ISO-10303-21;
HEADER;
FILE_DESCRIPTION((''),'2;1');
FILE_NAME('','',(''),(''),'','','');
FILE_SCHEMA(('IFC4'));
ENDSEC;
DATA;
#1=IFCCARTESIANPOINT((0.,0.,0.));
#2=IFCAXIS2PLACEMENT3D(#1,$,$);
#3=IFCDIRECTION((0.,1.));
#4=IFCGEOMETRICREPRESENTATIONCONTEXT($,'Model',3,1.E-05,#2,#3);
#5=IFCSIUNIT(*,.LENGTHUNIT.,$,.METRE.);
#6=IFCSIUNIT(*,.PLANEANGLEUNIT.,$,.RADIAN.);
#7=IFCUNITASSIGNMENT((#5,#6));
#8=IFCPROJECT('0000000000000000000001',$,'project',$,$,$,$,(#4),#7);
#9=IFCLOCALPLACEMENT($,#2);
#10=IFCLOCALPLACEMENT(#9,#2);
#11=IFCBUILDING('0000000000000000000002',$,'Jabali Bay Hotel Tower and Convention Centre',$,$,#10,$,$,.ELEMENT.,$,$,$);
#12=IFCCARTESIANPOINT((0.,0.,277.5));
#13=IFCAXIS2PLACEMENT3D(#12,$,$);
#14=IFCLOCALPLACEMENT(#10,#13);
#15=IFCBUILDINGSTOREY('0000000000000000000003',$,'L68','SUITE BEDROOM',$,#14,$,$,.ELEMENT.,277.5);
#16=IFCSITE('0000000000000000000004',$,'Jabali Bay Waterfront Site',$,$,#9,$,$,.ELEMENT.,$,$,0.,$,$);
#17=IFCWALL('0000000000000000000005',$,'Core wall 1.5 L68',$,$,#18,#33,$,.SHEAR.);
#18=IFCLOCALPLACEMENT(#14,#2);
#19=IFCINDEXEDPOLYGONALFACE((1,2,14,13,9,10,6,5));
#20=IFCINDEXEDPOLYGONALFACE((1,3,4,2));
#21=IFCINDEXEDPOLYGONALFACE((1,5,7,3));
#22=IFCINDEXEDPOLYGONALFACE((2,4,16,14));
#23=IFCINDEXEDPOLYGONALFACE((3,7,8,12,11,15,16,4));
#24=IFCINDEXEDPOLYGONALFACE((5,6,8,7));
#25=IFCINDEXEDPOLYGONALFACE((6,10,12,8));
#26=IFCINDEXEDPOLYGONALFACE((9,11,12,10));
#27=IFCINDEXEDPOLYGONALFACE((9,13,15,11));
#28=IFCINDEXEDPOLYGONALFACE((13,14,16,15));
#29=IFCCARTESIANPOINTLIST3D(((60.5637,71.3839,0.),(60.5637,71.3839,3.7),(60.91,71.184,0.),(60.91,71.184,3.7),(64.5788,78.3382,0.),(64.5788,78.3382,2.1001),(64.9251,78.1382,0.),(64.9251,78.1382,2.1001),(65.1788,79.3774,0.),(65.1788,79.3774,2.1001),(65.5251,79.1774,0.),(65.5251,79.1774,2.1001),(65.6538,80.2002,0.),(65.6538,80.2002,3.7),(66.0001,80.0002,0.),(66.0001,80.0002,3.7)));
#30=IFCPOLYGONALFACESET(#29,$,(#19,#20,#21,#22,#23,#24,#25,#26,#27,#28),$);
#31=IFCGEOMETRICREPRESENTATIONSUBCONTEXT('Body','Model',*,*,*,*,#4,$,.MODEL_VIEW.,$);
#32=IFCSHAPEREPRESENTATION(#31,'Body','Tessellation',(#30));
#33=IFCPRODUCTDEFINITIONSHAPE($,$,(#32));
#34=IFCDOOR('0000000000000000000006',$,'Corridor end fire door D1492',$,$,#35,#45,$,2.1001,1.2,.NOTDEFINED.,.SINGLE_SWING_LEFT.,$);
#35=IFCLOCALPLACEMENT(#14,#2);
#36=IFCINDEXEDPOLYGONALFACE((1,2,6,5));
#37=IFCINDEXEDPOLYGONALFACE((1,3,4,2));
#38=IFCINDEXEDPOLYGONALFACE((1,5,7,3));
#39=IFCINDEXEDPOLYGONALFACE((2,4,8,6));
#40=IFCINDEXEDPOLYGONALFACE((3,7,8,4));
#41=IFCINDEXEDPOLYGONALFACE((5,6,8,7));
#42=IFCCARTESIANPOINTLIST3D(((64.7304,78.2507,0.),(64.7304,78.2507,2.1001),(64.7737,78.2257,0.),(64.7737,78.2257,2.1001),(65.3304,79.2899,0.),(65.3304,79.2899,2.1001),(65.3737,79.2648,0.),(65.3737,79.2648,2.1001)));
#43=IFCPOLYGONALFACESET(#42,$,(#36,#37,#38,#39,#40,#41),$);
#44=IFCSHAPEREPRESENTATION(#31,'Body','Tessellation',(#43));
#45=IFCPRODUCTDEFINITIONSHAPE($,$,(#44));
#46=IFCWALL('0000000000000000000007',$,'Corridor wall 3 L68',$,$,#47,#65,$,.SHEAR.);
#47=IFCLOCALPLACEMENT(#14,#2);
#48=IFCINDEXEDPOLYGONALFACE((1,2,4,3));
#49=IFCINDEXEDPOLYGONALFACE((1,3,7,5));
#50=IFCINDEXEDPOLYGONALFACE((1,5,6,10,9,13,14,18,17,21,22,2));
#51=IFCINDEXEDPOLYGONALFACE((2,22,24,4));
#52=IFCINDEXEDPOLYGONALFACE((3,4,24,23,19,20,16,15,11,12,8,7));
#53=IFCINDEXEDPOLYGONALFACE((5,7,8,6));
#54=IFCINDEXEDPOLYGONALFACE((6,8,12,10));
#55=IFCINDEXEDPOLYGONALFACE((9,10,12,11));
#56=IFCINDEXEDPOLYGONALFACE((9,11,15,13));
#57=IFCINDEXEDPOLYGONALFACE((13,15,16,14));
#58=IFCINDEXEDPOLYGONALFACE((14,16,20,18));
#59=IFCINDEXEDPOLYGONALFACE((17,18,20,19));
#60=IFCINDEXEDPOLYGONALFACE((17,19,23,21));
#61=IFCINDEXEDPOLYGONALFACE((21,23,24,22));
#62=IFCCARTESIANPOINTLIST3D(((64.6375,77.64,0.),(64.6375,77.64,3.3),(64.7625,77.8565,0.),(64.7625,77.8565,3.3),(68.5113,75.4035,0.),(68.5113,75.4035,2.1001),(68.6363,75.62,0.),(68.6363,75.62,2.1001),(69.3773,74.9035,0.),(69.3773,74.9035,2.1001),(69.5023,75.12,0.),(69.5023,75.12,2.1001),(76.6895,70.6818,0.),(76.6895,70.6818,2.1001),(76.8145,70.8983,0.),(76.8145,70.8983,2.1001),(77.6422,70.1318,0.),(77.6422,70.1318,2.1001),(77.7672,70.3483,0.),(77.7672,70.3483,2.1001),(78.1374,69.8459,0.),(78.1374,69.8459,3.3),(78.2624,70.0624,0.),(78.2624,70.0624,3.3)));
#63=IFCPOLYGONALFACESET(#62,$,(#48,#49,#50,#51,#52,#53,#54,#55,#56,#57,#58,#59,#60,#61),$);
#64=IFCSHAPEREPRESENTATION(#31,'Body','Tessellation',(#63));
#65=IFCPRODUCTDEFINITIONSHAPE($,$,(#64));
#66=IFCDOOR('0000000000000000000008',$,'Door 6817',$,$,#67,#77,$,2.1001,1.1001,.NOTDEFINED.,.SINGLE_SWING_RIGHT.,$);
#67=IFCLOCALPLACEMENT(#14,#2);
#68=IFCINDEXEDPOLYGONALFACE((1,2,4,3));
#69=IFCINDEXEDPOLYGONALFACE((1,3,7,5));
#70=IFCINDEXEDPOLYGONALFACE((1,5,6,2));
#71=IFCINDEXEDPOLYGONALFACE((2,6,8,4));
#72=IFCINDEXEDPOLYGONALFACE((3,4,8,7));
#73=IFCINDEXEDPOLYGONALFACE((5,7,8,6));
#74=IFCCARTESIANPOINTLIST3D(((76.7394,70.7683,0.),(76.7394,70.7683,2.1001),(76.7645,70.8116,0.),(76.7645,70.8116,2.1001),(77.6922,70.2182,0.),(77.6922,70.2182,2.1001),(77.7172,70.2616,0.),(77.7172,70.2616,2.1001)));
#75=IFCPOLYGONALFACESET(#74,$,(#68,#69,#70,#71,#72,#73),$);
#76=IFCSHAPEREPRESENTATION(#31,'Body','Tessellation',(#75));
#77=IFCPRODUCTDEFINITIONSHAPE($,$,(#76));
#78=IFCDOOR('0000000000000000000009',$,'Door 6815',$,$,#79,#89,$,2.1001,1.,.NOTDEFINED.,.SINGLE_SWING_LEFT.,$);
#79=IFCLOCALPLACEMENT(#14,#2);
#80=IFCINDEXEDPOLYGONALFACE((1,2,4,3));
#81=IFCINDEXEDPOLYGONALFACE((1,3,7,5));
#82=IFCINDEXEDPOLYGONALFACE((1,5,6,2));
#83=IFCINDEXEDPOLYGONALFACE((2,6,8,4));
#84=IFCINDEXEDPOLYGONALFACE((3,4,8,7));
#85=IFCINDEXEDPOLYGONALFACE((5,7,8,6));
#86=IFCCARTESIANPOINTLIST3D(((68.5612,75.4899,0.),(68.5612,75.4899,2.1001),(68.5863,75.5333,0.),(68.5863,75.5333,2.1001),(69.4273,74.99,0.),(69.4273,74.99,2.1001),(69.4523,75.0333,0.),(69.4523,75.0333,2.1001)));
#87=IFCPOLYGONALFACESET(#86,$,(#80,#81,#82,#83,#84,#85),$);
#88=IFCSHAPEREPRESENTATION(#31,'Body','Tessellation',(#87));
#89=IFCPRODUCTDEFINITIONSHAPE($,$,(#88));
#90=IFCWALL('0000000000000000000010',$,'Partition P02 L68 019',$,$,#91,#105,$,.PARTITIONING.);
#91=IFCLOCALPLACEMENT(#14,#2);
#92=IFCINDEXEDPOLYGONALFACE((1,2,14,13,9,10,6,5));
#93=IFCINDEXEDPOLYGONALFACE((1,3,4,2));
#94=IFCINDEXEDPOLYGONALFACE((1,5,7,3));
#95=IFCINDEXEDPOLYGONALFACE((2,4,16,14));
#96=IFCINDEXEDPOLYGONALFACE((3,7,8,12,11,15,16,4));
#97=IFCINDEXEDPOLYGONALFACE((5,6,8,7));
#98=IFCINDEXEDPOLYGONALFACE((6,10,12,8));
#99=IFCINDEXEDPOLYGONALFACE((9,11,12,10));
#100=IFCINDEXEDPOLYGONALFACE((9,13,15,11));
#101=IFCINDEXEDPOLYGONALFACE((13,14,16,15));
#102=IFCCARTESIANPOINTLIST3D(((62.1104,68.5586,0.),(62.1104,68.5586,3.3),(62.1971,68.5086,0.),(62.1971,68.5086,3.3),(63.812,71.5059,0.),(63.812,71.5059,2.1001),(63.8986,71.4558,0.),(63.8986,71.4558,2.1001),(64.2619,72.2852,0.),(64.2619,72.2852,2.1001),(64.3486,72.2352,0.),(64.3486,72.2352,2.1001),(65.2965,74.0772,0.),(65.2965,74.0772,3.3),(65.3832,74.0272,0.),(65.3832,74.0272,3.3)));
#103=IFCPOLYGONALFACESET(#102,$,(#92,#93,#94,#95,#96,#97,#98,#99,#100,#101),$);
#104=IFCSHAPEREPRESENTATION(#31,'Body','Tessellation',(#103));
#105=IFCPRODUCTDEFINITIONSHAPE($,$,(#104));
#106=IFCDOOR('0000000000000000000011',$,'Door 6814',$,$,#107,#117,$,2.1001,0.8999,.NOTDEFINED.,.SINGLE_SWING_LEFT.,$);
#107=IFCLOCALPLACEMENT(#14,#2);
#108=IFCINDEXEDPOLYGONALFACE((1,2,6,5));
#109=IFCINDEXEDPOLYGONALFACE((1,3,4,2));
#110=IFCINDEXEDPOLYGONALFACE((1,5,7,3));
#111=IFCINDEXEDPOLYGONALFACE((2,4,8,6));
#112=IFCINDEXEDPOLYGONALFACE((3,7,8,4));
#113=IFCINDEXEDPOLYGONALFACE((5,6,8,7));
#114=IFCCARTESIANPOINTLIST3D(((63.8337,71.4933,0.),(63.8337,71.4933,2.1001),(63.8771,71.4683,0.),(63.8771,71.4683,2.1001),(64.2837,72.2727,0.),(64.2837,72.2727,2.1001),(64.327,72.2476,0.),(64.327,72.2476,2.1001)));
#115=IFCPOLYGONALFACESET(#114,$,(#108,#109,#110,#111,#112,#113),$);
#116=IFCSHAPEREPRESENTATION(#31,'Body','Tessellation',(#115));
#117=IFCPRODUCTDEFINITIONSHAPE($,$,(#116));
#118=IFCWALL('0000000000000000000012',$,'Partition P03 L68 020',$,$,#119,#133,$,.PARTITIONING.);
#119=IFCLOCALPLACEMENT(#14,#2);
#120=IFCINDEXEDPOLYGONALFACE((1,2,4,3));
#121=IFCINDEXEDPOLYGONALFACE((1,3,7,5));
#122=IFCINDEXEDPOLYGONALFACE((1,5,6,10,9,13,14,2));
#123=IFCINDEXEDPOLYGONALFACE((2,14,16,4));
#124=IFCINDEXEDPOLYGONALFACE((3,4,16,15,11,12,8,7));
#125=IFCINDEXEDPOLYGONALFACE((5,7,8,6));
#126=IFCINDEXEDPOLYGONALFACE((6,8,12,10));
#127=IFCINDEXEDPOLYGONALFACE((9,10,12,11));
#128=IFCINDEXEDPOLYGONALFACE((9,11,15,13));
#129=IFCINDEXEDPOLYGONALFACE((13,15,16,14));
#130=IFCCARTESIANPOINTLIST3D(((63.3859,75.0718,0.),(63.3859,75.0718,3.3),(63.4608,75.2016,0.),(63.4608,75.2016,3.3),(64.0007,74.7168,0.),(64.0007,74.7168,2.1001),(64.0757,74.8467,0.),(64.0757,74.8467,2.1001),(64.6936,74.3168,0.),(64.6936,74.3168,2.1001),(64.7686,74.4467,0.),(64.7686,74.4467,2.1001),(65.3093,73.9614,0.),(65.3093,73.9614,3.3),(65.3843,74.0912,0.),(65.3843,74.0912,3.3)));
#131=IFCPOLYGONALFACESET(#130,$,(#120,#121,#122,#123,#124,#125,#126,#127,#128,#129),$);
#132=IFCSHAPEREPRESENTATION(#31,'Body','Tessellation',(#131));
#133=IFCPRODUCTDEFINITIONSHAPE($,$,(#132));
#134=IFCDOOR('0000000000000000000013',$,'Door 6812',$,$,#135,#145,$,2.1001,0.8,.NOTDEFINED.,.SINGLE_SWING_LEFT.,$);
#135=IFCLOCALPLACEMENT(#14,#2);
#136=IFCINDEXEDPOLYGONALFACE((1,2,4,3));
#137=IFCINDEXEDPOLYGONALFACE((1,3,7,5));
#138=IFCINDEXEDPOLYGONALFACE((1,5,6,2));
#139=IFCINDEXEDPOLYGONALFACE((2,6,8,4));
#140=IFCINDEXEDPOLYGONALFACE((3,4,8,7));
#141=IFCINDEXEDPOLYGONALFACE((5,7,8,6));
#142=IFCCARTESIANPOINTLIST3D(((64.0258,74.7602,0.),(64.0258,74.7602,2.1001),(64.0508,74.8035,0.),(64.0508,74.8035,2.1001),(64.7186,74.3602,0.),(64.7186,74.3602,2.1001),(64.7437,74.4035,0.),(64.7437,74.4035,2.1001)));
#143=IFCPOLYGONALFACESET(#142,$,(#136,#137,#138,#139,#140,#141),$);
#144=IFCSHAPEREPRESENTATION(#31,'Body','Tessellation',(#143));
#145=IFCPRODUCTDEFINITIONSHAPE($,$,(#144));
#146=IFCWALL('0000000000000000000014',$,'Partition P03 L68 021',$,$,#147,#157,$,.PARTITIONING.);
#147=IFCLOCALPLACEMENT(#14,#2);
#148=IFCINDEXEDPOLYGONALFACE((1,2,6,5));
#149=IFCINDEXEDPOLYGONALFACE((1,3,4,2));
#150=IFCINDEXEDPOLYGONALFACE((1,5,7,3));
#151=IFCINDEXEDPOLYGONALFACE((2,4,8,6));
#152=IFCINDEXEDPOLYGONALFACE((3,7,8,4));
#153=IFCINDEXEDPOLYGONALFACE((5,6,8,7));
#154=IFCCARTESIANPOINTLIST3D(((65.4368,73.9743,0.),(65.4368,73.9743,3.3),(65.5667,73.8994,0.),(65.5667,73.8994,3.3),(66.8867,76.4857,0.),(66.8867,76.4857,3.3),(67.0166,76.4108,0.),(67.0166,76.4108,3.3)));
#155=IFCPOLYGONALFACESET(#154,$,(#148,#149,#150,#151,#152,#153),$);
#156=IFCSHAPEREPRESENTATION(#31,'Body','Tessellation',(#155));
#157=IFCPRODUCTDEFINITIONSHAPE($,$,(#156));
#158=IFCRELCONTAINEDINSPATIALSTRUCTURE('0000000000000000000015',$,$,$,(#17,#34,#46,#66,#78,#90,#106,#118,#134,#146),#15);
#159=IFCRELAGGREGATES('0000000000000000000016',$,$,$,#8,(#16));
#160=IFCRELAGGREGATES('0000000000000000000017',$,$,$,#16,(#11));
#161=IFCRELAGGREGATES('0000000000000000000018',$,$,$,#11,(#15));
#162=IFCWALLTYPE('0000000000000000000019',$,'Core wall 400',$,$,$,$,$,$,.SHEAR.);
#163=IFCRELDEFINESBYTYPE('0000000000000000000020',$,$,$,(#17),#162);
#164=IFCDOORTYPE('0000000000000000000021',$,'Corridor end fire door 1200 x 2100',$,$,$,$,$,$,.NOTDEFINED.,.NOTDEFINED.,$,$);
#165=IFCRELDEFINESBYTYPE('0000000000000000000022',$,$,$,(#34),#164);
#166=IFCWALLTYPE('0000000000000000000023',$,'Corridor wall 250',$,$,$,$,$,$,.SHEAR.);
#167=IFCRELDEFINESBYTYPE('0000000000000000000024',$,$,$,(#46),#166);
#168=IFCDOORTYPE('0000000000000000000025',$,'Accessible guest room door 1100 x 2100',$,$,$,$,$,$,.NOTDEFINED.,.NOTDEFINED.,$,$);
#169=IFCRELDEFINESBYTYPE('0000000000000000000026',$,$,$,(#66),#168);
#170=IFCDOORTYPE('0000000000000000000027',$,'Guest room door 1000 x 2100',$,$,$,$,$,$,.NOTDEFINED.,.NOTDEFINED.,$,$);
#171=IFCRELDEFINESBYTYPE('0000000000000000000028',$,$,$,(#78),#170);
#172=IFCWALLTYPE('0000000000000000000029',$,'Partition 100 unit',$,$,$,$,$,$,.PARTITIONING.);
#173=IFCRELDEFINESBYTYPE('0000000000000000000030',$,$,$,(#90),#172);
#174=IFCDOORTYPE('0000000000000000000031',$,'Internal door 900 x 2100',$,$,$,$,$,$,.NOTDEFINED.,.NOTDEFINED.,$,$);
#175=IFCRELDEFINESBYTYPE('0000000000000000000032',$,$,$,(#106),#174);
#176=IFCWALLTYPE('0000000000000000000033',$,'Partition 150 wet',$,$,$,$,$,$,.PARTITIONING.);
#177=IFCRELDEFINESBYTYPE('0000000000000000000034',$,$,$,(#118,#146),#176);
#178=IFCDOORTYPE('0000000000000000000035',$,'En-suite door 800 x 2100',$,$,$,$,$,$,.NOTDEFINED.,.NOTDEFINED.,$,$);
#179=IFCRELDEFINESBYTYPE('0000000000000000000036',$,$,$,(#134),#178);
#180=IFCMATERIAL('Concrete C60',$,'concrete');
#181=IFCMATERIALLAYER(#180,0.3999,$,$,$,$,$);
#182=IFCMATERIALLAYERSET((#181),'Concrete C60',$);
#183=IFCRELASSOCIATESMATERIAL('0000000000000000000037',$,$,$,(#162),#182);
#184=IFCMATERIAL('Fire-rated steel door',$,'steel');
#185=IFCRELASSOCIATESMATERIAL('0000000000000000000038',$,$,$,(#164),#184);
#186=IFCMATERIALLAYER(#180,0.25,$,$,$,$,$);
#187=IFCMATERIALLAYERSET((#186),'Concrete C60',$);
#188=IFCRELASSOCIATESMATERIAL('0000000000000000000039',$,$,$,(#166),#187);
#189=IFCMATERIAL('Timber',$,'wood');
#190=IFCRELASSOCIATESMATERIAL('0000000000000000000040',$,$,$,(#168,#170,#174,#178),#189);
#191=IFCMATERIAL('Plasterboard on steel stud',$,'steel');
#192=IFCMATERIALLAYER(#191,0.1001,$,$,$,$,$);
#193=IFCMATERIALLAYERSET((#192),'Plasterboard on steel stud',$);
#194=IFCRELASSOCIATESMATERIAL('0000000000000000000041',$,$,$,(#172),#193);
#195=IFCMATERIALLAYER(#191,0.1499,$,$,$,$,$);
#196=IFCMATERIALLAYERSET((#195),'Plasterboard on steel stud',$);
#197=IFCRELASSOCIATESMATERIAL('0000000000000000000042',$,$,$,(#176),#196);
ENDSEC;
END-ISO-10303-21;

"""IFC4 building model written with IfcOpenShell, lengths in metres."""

from ifc_helpers import new_model, si_unit, direction, frame, frame_2d, origin, place, context, subcontext, project, spatial, rectangle, extrude, material, layer, layer_set, type_object, element, fill, save


model = new_model("IFC4")

# Units and contexts
model_context = context("Model", 3, precision=1e-05, world=origin(), true_north=direction((0.0, 1.0)))
body_context = subcontext(model_context, "Body", "Model", "MODEL_VIEW")
ifc_project = project(units=[si_unit("LENGTHUNIT", "METRE"), si_unit("PLANEANGLEUNIT", "RADIAN")], contexts=[model_context])

# Site, building, storey
site_placement = place(None, origin())
site = spatial("IfcSite", under=ifc_project, at=site_placement, Name="Jabali Bay Waterfront Site", CompositionType="ELEMENT", RefElevation=0.0)
building_placement = place(site_placement, origin())
building = spatial("IfcBuilding", under=site, at=building_placement, Name="Jabali Bay Hotel Tower and Convention Centre", CompositionType="ELEMENT")
storey_placement = place(building_placement, frame((0.0, 0.0, 277.5)))
storey = spatial("IfcBuildingStorey", under=building, at=storey_placement, Name="L68", Description="SUITE BEDROOM", CompositionType="ELEMENT", Elevation=277.5)

# Shared definitions
ifc_material_1 = material(Name="Fire-rated steel door", Category="steel")

# Wall, opening, door
ifc_material_2 = material(Name="Concrete C60", Category="concrete")
ifc_layer_1 = layer(ifc_material_2, 0.3999)
ifc_layer_set_1 = layer_set([ifc_layer_1], Name="Concrete C60")
wall_type_1 = type_object("IfcWallType", Name="Core wall 400", PredefinedType="SHEAR", material=ifc_layer_set_1)
wall_1_placement = place(storey_placement, frame((60.7368, 71.2839, 0.0), z_axis=(0.0, 0.0, 1.0), x_axis=(0.500005, 0.866022, 0.0)))
wall_1 = element("IfcWall", 1, at=wall_1_placement, inside=storey, type_object=wall_type_1, Name="Core wall 1.5 L68", PredefinedType="SHEAR", context=body_context, shape_type="SweptSolid", body=[
    extrude(rectangle(XDim=10.1802, YDim=0.3999, at=frame_2d((5.0901, 0.0))), origin(), (0.0, 0.0, 1.0), 3.7),
])
opening_1_placement = place(wall_1_placement, frame((8.03, 0.0, 0.0)))
opening_1 = element("IfcOpeningElement", 2, at=opening_1_placement, cuts=wall_1, PredefinedType="OPENING", context=body_context, shape_type="SweptSolid", body=[
    extrude(rectangle(XDim=1.2, YDim=2.1001, at=frame_2d((0.6001, 1.05))), frame((0.0, 0.2104, 0.0), z_axis=(0.0, -1.0, 0.0), x_axis=(1.0, 0.0, 0.0)), (0.0, 0.0, 1.0), 0.4209),
])
door_type_1 = type_object("IfcDoorType", Name="Corridor end fire door 1200 x 2100", OperationType="NOTDEFINED", PredefinedType="NOTDEFINED", material=ifc_material_1)
door_1_placement = place(opening_1_placement, origin())
door_1 = element("IfcDoor", 3, at=door_1_placement, inside=storey, type_object=door_type_1, Name="Corridor end fire door D1492", OperationType="SINGLE_SWING_LEFT", OverallHeight=2.1001, OverallWidth=1.2, PredefinedType="NOTDEFINED", context=body_context, shape_type="SweptSolid", body=[
    extrude(rectangle(XDim=1.2, YDim=2.1001, at=frame_2d((0.6001, 1.05))), frame((0.0, 0.0249, 0.0), z_axis=(0.0, -1.0, 0.0), x_axis=(1.0, 0.0, 0.0)), (0.0, 0.0, 1.0), 0.05),
])
fill(opening_1, door_1)

# Wall, openings, doors
ifc_layer_2 = layer(ifc_material_2, 0.25)
ifc_layer_set_2 = layer_set([ifc_layer_2], Name="Concrete C60")
wall_type_2 = type_object("IfcWallType", Name="Corridor wall 250", PredefinedType="SHEAR", material=ifc_layer_set_2)
wall_2_placement = place(storey_placement, frame((64.7, 77.7483, 0.0), z_axis=(0.0, 0.0, 1.0), x_axis=(0.866026, -0.499998, 0.0)))
wall_2 = element("IfcWall", 4, at=wall_2_placement, inside=storey, type_object=wall_type_2, Name="Corridor wall 3 L68", PredefinedType="SHEAR", context=body_context, shape_type="SweptSolid", body=[
    extrude(rectangle(XDim=15.5884, YDim=0.25, at=frame_2d((7.7942, 0.0))), origin(), (0.0, 0.0, 1.0), 3.3),
])
opening_2_placement = place(wall_2_placement, frame((4.4731, 0.0, 0.0)))
opening_2 = element("IfcOpeningElement", 5, at=opening_2_placement, cuts=wall_2, PredefinedType="OPENING", context=body_context, shape_type="SweptSolid", body=[
    extrude(rectangle(XDim=1.0, YDim=2.1001, at=frame_2d((0.5, 1.05))), frame((0.0, 0.1355, 0.0), z_axis=(0.0, -1.0, 0.0), x_axis=(1.0, 0.0, 0.0)), (0.0, 0.0, 1.0), 0.271),
])
opening_3_placement = place(wall_2_placement, frame((13.9165, 0.0, 0.0)))
opening_3 = element("IfcOpeningElement", 6, at=opening_3_placement, cuts=wall_2, PredefinedType="OPENING", context=body_context, shape_type="SweptSolid", body=[
    extrude(rectangle(XDim=1.1001, YDim=2.1001, at=frame_2d((0.55, 1.05))), frame((0.0, 0.1355, 0.0), z_axis=(0.0, -1.0, 0.0), x_axis=(1.0, 0.0, 0.0)), (0.0, 0.0, 1.0), 0.271),
])
ifc_material_3 = material(Name="Timber", Category="wood")
door_type_2 = type_object("IfcDoorType", Name="Accessible guest room door 1100 x 2100", OperationType="NOTDEFINED", PredefinedType="NOTDEFINED", material=ifc_material_3)
door_2_placement = place(opening_3_placement, origin())
door_2 = element("IfcDoor", 7, at=door_2_placement, inside=storey, type_object=door_type_2, Name="Door 6817", OperationType="SINGLE_SWING_RIGHT", OverallHeight=2.1001, OverallWidth=1.1001, PredefinedType="NOTDEFINED", context=body_context, shape_type="SweptSolid", body=[
    extrude(rectangle(XDim=1.1001, YDim=2.1001, at=frame_2d((0.55, 1.05))), frame((0.0, 0.0249, 0.0), z_axis=(0.0, -1.0, 0.0), x_axis=(1.0, 0.0, 0.0)), (0.0, 0.0, 1.0), 0.05),
])
fill(opening_3, door_2)
door_type_3 = type_object("IfcDoorType", Name="Guest room door 1000 x 2100", OperationType="NOTDEFINED", PredefinedType="NOTDEFINED", material=ifc_material_3)
door_3_placement = place(opening_2_placement, origin())
door_3 = element("IfcDoor", 8, at=door_3_placement, inside=storey, type_object=door_type_3, Name="Door 6815", OperationType="SINGLE_SWING_LEFT", OverallHeight=2.1001, OverallWidth=1.0, PredefinedType="NOTDEFINED", context=body_context, shape_type="SweptSolid", body=[
    extrude(rectangle(XDim=1.0, YDim=2.1001, at=frame_2d((0.5, 1.05))), frame((0.0, 0.0249, 0.0), z_axis=(0.0, -1.0, 0.0), x_axis=(1.0, 0.0, 0.0)), (0.0, 0.0, 1.0), 0.05),
])
fill(opening_2, door_3)

# Walls, openings, doors
ifc_material_4 = material(Name="Plasterboard on steel stud", Category="steel")
ifc_layer_3 = layer(ifc_material_4, 0.1001)
ifc_layer_set_3 = layer_set([ifc_layer_3], Name="Plasterboard on steel stud")
wall_type_3 = type_object("IfcWallType", Name="Partition 100 unit", PredefinedType="PARTITIONING", material=ifc_layer_set_3)
wall_3_placement = place(storey_placement, frame((62.1538, 68.5337, 0.0), z_axis=(0.0, 0.0, 1.0), x_axis=(0.499988, 0.866032, 0.0)))
wall_3 = element("IfcWall", 9, at=wall_3_placement, inside=storey, type_object=wall_type_3, Name="Partition P02 L68 019", PredefinedType="PARTITIONING", context=body_context, shape_type="SweptSolid", body=[
    extrude(rectangle(XDim=6.3723, YDim=0.1001, at=frame_2d((3.186, 0.0))), origin(), (0.0, 0.0, 1.0), 3.3),
])
opening_4_placement = place(wall_3_placement, frame((3.4031, 0.0, 0.0)))
opening_4 = element("IfcOpeningElement", 10, at=opening_4_placement, cuts=wall_3, PredefinedType="OPENING", context=body_context, shape_type="SweptSolid", body=[
    extrude(rectangle(XDim=0.8999, YDim=2.1001, at=frame_2d((0.45, 1.05))), frame((0.0, 0.0605, 0.0), z_axis=(0.0, -1.0, 0.0), x_axis=(1.0, 0.0, 0.0)), (0.0, 0.0, 1.0), 0.1211),
])
door_type_4 = type_object("IfcDoorType", Name="Internal door 900 x 2100", OperationType="NOTDEFINED", PredefinedType="NOTDEFINED", material=ifc_material_3)
door_4_placement = place(opening_4_placement, origin())
door_4 = element("IfcDoor", 11, at=door_4_placement, inside=storey, type_object=door_type_4, Name="Door 6814", OperationType="SINGLE_SWING_LEFT", OverallHeight=2.1001, OverallWidth=0.8999, PredefinedType="NOTDEFINED", context=body_context, shape_type="SweptSolid", body=[
    extrude(rectangle(XDim=0.8999, YDim=2.1001, at=frame_2d((0.45, 1.05))), frame((0.0, 0.0249, 0.0), z_axis=(0.0, -1.0, 0.0), x_axis=(1.0, 0.0, 0.0)), (0.0, 0.0, 1.0), 0.05),
])
fill(opening_4, door_4)
ifc_layer_4 = layer(ifc_material_4, 0.1499)
ifc_layer_set_4 = layer_set([ifc_layer_4], Name="Plasterboard on steel stud")
wall_type_4 = type_object("IfcWallType", Name="Partition 150 wet", PredefinedType="PARTITIONING", material=ifc_layer_set_4)
wall_4_placement = place(storey_placement, frame((65.3467, 74.0264, 0.0), z_axis=(0.0, 0.0, 1.0), x_axis=(-0.866043, 0.49997, 0.0)))
wall_4 = element("IfcWall", 12, at=wall_4_placement, inside=storey, type_object=wall_type_4, Name="Partition P03 L68 020", PredefinedType="PARTITIONING", context=body_context, shape_type="SweptSolid", body=[
    extrude(rectangle(XDim=2.2209, YDim=0.1499, at=frame_2d((1.1104, 0.0))), origin(), (0.0, 0.0, 1.0), 3.3),
])
opening_5_placement = place(wall_4_placement, frame((0.7109, 0.0, 0.0)))
opening_5 = element("IfcOpeningElement", 13, at=opening_5_placement, cuts=wall_4, PredefinedType="OPENING", context=body_context, shape_type="SweptSolid", body=[
    extrude(rectangle(XDim=0.8, YDim=2.1001, at=frame_2d((0.3999, 1.05))), frame((0.0, 0.0854, 0.0), z_axis=(0.0, -1.0, 0.0), x_axis=(1.0, 0.0, 0.0)), (0.0, 0.0, 1.0), 0.1709),
])
door_type_5 = type_object("IfcDoorType", Name="En-suite door 800 x 2100", OperationType="NOTDEFINED", PredefinedType="NOTDEFINED", material=ifc_material_3)
door_5_placement = place(opening_5_placement, origin())
door_5 = element("IfcDoor", 14, at=door_5_placement, inside=storey, type_object=door_type_5, Name="Door 6812", OperationType="SINGLE_SWING_LEFT", OverallHeight=2.1001, OverallWidth=0.8, PredefinedType="NOTDEFINED", context=body_context, shape_type="SweptSolid", body=[
    extrude(rectangle(XDim=0.8, YDim=2.1001, at=frame_2d((0.3999, 1.05))), frame((0.0, 0.0249, 0.0), z_axis=(0.0, -1.0, 0.0), x_axis=(1.0, 0.0, 0.0)), (0.0, 0.0, 1.0), 0.05),
])
fill(opening_5, door_5)

# Wall
wall_5_placement = place(storey_placement, frame((66.9517, 76.4482, 0.0), z_axis=(0.0, 0.0, 1.0), x_axis=(-0.499987, -0.866033, 0.0)))
element("IfcWall", 15, at=wall_5_placement, inside=storey, type_object=wall_type_4, Name="Partition P03 L68 021", PredefinedType="PARTITIONING", context=body_context, shape_type="SweptSolid", body=[
    extrude(rectangle(XDim=2.8999, YDim=0.1499, at=frame_2d((1.45, 0.0))), origin(), (0.0, 0.0, 1.0), 3.3),
])

save(model, "model.ifc")
